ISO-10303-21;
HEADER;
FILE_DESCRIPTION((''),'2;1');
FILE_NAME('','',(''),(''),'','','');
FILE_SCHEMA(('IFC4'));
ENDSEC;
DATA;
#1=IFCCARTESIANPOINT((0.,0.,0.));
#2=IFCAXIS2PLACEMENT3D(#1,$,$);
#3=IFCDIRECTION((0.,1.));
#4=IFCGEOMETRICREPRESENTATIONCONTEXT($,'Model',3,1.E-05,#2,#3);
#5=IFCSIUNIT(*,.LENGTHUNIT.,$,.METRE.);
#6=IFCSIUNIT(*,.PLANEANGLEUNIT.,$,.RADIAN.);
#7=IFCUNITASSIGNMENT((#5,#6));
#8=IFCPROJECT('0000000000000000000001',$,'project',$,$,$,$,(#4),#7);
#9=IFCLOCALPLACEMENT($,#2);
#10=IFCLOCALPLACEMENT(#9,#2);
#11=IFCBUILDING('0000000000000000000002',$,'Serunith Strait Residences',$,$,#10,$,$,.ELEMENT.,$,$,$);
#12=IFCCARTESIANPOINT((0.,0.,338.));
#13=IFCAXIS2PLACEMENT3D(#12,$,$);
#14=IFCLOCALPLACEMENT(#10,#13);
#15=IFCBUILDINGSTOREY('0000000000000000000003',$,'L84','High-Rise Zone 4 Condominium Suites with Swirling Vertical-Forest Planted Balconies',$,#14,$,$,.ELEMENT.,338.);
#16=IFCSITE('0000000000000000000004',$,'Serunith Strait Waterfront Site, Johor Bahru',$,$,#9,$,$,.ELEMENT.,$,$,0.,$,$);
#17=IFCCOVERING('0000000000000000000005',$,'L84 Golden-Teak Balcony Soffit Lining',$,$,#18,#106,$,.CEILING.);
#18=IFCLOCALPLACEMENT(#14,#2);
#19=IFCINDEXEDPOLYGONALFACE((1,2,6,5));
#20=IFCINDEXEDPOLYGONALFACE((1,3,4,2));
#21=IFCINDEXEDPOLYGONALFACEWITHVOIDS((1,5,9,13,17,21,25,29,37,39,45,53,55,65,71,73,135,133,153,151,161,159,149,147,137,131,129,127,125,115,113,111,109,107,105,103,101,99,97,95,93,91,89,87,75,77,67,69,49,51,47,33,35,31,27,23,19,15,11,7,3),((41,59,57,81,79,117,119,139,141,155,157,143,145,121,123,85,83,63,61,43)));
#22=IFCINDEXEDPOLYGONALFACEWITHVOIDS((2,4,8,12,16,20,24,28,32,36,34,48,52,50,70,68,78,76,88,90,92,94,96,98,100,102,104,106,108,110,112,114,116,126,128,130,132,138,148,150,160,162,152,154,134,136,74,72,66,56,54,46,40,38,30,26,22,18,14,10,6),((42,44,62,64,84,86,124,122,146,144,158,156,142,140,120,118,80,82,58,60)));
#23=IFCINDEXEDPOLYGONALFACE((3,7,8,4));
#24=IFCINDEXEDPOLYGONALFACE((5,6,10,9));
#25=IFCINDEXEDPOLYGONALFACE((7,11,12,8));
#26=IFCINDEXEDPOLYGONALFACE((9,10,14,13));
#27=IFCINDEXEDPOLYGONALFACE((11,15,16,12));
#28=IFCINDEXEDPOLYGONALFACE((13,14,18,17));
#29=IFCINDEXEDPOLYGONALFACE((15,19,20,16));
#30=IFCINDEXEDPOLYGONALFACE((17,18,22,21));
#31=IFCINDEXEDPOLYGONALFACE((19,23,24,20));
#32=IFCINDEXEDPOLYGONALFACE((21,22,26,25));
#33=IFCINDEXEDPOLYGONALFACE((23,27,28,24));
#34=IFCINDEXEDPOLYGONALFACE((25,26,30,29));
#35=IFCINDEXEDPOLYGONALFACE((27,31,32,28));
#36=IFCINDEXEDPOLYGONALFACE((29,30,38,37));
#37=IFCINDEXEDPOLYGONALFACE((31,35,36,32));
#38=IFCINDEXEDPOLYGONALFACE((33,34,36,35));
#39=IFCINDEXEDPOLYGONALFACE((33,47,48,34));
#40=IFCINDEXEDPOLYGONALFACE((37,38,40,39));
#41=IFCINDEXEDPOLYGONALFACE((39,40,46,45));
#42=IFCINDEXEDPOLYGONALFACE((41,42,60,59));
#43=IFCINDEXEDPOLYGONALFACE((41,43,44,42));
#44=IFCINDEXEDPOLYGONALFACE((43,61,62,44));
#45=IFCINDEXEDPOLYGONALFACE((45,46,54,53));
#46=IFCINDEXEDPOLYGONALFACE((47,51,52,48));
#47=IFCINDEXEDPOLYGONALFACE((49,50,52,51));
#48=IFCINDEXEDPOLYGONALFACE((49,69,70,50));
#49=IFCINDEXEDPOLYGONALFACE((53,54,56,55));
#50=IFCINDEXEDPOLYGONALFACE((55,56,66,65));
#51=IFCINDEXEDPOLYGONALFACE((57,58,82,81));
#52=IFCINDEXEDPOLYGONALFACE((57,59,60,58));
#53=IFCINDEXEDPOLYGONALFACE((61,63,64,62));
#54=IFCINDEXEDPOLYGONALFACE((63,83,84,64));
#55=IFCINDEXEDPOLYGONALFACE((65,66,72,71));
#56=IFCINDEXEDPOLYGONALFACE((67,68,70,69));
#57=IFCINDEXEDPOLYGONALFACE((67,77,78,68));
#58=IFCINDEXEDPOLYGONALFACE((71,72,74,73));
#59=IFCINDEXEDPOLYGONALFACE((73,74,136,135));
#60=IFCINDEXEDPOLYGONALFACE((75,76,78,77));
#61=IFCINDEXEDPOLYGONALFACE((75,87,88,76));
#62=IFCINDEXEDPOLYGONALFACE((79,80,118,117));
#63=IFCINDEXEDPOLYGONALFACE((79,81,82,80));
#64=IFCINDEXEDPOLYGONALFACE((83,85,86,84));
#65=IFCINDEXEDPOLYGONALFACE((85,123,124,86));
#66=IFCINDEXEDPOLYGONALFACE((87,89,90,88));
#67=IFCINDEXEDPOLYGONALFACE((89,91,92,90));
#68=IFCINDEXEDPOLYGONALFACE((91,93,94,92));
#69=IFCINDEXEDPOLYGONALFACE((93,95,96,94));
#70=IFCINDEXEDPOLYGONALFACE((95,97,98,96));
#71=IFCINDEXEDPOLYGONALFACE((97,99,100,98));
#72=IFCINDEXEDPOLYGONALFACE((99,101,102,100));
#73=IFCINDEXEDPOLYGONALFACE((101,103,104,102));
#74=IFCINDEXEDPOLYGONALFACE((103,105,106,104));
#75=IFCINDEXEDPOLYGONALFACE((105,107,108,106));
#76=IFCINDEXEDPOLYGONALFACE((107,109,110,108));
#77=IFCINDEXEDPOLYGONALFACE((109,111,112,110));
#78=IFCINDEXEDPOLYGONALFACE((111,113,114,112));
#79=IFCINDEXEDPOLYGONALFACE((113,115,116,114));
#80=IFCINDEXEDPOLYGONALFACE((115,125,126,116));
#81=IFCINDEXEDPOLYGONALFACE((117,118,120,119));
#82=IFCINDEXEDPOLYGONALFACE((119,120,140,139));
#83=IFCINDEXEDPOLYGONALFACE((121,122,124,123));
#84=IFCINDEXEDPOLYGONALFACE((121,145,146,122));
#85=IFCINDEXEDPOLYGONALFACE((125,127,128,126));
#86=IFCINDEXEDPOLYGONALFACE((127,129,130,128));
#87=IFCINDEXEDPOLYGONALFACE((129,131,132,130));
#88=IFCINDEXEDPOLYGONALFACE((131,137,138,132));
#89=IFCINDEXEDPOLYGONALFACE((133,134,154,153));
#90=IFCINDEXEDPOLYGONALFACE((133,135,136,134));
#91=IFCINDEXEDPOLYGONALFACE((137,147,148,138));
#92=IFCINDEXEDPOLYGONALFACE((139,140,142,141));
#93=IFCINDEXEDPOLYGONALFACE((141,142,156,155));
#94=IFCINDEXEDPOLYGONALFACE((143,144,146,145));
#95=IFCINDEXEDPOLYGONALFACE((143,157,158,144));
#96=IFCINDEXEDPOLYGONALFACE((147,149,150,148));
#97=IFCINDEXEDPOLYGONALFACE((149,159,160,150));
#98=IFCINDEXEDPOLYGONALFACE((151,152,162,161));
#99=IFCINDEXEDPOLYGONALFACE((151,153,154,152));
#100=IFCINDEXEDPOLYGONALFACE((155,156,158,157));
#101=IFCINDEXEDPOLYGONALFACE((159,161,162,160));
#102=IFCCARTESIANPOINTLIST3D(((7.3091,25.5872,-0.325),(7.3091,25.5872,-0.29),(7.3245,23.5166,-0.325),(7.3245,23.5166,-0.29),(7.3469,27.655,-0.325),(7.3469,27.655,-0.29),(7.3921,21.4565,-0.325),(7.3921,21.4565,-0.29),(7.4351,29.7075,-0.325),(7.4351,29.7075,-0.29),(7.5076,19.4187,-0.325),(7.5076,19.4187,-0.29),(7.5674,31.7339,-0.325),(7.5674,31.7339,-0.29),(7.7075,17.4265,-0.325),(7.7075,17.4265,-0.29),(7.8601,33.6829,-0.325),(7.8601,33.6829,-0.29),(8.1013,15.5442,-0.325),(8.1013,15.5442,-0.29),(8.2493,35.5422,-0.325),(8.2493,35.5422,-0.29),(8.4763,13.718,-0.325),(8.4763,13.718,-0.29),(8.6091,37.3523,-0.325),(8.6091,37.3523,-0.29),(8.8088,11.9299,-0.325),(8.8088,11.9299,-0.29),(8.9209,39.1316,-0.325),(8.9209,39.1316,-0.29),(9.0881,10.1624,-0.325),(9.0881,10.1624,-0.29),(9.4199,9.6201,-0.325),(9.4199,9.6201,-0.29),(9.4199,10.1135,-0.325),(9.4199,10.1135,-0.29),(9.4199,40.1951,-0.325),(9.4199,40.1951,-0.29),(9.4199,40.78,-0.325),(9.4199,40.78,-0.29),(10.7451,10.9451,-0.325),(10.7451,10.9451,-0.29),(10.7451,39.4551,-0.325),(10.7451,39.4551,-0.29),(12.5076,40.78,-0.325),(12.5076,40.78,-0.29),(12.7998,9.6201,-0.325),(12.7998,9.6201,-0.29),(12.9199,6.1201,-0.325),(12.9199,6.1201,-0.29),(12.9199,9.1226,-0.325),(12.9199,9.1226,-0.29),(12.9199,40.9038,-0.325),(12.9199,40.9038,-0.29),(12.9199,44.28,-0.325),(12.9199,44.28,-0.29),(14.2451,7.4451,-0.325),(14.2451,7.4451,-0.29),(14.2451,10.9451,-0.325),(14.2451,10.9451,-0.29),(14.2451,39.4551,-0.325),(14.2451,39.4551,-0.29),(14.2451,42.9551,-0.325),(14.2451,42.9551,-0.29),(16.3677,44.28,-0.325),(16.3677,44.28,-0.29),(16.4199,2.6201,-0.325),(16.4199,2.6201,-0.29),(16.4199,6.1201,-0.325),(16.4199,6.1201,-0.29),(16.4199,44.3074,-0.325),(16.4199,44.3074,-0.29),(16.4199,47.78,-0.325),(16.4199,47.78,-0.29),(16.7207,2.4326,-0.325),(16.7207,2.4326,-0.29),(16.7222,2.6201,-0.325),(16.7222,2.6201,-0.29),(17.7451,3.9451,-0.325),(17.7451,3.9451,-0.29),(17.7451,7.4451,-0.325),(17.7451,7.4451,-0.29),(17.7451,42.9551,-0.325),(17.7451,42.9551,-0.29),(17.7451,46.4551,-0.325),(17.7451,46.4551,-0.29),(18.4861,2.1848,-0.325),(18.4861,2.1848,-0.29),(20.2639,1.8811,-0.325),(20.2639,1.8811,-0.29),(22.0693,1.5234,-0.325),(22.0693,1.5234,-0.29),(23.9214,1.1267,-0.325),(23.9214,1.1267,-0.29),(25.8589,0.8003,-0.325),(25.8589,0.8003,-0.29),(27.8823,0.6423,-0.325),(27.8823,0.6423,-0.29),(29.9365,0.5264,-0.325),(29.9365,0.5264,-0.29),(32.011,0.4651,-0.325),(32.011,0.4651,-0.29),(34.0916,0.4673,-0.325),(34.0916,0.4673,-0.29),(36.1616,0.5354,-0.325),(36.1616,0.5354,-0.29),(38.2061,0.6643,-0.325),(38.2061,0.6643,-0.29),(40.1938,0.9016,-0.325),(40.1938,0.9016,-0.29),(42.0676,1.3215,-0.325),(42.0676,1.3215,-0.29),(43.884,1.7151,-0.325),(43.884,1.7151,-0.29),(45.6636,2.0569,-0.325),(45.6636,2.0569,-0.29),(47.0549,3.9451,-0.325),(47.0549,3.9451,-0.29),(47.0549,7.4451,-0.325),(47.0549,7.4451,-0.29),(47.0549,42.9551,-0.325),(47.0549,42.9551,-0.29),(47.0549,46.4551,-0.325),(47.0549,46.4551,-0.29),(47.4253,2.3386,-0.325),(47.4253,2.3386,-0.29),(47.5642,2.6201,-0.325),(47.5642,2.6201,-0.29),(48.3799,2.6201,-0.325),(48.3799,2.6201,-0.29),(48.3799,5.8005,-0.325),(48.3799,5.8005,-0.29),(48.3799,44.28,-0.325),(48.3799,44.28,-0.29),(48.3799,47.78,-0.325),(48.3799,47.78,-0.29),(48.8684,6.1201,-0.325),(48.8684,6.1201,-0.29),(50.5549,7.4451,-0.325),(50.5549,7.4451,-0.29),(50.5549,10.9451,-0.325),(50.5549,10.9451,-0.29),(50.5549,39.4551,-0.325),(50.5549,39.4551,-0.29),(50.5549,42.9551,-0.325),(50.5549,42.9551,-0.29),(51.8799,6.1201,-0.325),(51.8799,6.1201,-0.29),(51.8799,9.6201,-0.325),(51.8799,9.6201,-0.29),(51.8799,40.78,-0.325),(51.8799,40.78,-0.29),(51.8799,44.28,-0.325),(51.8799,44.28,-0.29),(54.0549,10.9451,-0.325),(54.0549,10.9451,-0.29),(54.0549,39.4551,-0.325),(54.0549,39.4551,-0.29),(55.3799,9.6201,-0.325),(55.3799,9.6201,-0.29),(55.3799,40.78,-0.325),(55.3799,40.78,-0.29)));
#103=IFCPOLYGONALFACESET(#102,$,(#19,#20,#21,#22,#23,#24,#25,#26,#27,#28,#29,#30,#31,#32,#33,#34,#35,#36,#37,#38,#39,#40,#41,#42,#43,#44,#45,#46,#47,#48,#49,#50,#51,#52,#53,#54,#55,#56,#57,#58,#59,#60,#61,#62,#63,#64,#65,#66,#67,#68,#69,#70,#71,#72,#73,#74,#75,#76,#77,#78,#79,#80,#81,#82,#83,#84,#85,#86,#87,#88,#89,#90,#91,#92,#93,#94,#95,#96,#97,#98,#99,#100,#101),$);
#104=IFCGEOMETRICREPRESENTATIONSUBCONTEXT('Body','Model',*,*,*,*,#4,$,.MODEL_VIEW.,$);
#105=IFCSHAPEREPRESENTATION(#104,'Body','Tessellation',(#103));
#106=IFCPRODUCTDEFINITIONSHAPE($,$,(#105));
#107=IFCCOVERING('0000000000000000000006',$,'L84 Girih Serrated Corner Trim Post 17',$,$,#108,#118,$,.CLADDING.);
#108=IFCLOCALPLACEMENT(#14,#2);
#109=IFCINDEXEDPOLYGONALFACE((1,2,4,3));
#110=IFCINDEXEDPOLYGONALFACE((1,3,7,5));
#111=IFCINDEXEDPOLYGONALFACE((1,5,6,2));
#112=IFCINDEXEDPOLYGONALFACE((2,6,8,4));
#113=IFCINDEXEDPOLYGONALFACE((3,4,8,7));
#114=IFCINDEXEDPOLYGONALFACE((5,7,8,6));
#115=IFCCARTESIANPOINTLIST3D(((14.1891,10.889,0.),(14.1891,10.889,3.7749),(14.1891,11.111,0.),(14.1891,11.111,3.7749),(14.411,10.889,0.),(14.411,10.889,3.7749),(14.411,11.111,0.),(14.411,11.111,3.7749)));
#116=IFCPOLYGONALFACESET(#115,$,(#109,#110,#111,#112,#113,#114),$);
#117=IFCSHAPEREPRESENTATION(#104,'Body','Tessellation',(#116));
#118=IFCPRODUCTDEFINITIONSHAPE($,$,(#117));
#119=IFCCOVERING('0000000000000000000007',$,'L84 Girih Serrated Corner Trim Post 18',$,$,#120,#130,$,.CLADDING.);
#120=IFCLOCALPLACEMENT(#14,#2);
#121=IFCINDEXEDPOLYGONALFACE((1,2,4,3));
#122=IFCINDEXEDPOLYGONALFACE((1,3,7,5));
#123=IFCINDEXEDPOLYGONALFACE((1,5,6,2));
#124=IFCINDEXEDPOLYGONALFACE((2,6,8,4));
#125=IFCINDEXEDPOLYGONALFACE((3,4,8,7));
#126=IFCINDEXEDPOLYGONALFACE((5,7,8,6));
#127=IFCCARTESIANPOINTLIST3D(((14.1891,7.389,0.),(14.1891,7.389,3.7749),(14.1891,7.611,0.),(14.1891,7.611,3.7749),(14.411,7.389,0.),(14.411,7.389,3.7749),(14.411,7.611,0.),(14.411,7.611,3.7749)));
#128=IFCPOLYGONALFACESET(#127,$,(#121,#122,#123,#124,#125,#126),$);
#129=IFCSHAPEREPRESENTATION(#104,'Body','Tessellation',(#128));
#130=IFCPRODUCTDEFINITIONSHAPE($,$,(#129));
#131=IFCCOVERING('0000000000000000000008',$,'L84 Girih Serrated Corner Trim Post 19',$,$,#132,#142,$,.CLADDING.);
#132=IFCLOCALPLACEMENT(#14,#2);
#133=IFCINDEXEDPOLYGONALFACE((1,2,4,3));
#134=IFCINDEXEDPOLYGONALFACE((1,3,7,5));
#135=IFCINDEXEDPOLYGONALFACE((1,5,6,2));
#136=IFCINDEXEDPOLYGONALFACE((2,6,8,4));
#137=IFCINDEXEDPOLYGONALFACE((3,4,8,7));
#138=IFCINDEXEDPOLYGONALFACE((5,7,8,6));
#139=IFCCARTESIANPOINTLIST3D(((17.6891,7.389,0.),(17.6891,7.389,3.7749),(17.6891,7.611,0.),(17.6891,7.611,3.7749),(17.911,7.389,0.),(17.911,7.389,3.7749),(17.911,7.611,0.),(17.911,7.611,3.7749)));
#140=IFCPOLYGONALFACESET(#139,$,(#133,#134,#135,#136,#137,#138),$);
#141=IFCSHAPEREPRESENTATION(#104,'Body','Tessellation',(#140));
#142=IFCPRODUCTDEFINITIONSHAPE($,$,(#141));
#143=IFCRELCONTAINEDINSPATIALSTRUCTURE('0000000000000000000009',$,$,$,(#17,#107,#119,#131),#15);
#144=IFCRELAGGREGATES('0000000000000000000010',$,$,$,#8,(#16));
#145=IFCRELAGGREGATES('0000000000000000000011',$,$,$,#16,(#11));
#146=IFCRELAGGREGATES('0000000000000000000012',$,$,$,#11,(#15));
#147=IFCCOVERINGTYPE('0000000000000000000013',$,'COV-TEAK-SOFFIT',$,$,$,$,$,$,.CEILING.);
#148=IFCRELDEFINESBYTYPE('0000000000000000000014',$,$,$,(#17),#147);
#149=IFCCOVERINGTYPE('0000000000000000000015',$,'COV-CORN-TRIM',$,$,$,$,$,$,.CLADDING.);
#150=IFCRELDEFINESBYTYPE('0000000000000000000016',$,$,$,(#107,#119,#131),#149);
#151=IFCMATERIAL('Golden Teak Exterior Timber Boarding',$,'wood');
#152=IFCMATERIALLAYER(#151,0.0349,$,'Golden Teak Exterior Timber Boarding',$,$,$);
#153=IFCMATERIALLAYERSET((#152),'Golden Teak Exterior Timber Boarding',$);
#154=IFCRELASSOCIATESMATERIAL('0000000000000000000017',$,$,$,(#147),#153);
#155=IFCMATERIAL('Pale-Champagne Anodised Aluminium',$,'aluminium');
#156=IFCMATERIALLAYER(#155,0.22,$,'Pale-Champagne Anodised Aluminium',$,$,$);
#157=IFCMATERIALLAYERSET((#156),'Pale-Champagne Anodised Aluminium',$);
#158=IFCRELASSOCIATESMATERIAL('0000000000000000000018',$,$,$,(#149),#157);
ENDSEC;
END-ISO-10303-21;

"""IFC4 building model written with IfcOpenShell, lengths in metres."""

from ifc_helpers import new_model, si_unit, direction, frame, origin, origin_2d, place, context, subcontext, project, spatial, polyline, rectangle, outline, extrude, source, transform, mapped, material, layer, layer_set, type_object, element, save


model = new_model("IFC4")

# Units and contexts
model_context = context("Model", 3, precision=1e-05, world=origin(), true_north=direction((0.0, 1.0)))
body_context = subcontext(model_context, "Body", "Model", "MODEL_VIEW")
ifc_project = project(units=[si_unit("LENGTHUNIT", "METRE"), si_unit("PLANEANGLEUNIT", "RADIAN")], contexts=[model_context])

# Site, building, storey
site_placement = place(None, origin())
site = spatial("IfcSite", under=ifc_project, at=site_placement, Name="Serunith Strait Waterfront Site, Johor Bahru", CompositionType="ELEMENT", RefElevation=0.0)
building_placement = place(site_placement, origin())
building = spatial("IfcBuilding", under=site, at=building_placement, Name="Serunith Strait Residences", CompositionType="ELEMENT")
storey_placement = place(building_placement, frame((0.0, 0.0, 338.0)))
storey = spatial("IfcBuildingStorey", under=building, at=storey_placement, Name="L84", Description="High-Rise Zone 4 Condominium Suites with Swirling Vertical-Forest Planted Balconies", CompositionType="ELEMENT", Elevation=338.0)

# Covering
ifc_material_1 = material(Name="Golden Teak Exterior Timber Boarding", Category="wood")
ifc_layer_1 = layer(ifc_material_1, 0.0349, Name="Golden Teak Exterior Timber Boarding")
ifc_layer_set_1 = layer_set([ifc_layer_1], Name="Golden Teak Exterior Timber Boarding")
covering_type_1 = type_object("IfcCoveringType", Name="COV-TEAK-SOFFIT", PredefinedType="CEILING", material=ifc_layer_set_1)
covering_1_placement = place(storey_placement, frame((0.0, 0.0, -0.325)))
element("IfcCovering", 1, at=covering_1_placement, inside=storey, type_object=covering_type_1, Name="L84 Golden-Teak Balcony Soffit Lining", PredefinedType="CEILING", context=body_context, shape_type="SweptSolid", body=[
    extrude(outline(polyline([(16.4199, 2.6201), (16.4199, 6.1201), (12.9199, 6.1201), (12.9199, 9.1226), (12.7998, 9.6201), (9.4199, 9.6201), (9.4199, 10.1135), (9.0881, 10.1624), (8.8088, 11.9299), (8.4763, 13.718), (8.1013, 15.5442), (7.7075, 17.4265), (7.5076, 19.4187), (7.3921, 21.4565), (7.3245, 23.5166), (7.3091, 25.5872), (7.3469, 27.655), (7.4351, 29.7075), (7.5674, 31.7339), (7.8601, 33.6829), (8.2493, 35.5422), (8.6091, 37.3523), (8.9209, 39.1316), (9.4199, 40.1951), (9.4199, 40.78), (12.5076, 40.78), (12.9199, 40.9038), (12.9199, 44.28), (16.3677, 44.28), (16.4199, 44.3074), (16.4199, 47.78), (48.3799, 47.78), (48.3799, 44.28), (51.8799, 44.28), (51.8799, 40.78), (55.3799, 40.78), (55.3799, 9.6201), (51.8799, 9.6201), (51.8799, 6.1201), (48.8684, 6.1201), (48.3799, 5.8005), (48.3799, 2.6201), (47.5642, 2.6201), (47.4253, 2.3386), (45.6636, 2.0569), (43.884, 1.7151), (42.0676, 1.3215), (40.1938, 0.9016), (38.2061, 0.6643), (36.1616, 0.5354), (34.0916, 0.4673), (32.011, 0.4651), (29.9365, 0.5264), (27.8823, 0.6423), (25.8589, 0.8003), (23.9214, 1.1267), (22.0693, 1.5234), (20.2639, 1.8811), (18.4861, 2.1848), (16.7207, 2.4326), (16.7222, 2.6201), (16.4199, 2.6201)]), holes=[polyline([(47.0549, 3.9451), (47.0549, 7.4451), (50.5549, 7.4451), (50.5549, 10.9451), (54.0549, 10.9451), (54.0549, 39.4551), (50.5549, 39.4551), (50.5549, 42.9551), (47.0549, 42.9551), (47.0549, 46.4551), (17.7451, 46.4551), (17.7451, 42.9551), (14.2451, 42.9551), (14.2451, 39.4551), (10.7451, 39.4551), (10.7451, 10.9451), (14.2451, 10.9451), (14.2451, 7.4451), (17.7451, 7.4451), (17.7451, 3.9451), (47.0549, 3.9451)])]), origin(), (0.0, 0.0, 1.0), 0.0349),
])

# Coverings
ifc_material_2 = material(Name="Pale-Champagne Anodised Aluminium", Category="aluminium")
ifc_layer_2 = layer(ifc_material_2, 0.22, Name="Pale-Champagne Anodised Aluminium")
ifc_layer_set_2 = layer_set([ifc_layer_2], Name="Pale-Champagne Anodised Aluminium")
covering_type_2 = type_object("IfcCoveringType", Name="COV-CORN-TRIM", PredefinedType="CLADDING", material=ifc_layer_set_2)
shared_shape_1 = source(origin(), body_context, "Body", "SweptSolid", [
    extrude(rectangle(XDim=0.2219, YDim=0.2219, at=origin_2d()), origin(), (0.0, 0.0, 1.0), 3.7749),
])
for number, where, z_axis, x_axis, name in (
    (2, (14.3, 11.0, 0.0), (0.0, 0.0, 1.0), (1.0, 0.0, 0.0), "L84 Girih Serrated Corner Trim Post 17"),
    (3, (14.3, 7.5, 0.0), (0.0, 0.0, 1.0), (1.0, 0.0, 0.0), "L84 Girih Serrated Corner Trim Post 18"),
    (4, (17.8, 7.5, 0.0), (0.0, 0.0, 1.0), (1.0, 0.0, 0.0), "L84 Girih Serrated Corner Trim Post 19"),
):
    element("IfcCovering", number, at=place(storey_placement, frame(where, z_axis=z_axis, x_axis=x_axis)), inside=storey, type_object=covering_type_2, Name=name, PredefinedType="CLADDING", context=body_context, shape_type="MappedRepresentation", body=[
        mapped(shared_shape_1, transform((0.0, 0.0, 0.0), scale=1.0)),
    ])

save(model, "model.ifc")
